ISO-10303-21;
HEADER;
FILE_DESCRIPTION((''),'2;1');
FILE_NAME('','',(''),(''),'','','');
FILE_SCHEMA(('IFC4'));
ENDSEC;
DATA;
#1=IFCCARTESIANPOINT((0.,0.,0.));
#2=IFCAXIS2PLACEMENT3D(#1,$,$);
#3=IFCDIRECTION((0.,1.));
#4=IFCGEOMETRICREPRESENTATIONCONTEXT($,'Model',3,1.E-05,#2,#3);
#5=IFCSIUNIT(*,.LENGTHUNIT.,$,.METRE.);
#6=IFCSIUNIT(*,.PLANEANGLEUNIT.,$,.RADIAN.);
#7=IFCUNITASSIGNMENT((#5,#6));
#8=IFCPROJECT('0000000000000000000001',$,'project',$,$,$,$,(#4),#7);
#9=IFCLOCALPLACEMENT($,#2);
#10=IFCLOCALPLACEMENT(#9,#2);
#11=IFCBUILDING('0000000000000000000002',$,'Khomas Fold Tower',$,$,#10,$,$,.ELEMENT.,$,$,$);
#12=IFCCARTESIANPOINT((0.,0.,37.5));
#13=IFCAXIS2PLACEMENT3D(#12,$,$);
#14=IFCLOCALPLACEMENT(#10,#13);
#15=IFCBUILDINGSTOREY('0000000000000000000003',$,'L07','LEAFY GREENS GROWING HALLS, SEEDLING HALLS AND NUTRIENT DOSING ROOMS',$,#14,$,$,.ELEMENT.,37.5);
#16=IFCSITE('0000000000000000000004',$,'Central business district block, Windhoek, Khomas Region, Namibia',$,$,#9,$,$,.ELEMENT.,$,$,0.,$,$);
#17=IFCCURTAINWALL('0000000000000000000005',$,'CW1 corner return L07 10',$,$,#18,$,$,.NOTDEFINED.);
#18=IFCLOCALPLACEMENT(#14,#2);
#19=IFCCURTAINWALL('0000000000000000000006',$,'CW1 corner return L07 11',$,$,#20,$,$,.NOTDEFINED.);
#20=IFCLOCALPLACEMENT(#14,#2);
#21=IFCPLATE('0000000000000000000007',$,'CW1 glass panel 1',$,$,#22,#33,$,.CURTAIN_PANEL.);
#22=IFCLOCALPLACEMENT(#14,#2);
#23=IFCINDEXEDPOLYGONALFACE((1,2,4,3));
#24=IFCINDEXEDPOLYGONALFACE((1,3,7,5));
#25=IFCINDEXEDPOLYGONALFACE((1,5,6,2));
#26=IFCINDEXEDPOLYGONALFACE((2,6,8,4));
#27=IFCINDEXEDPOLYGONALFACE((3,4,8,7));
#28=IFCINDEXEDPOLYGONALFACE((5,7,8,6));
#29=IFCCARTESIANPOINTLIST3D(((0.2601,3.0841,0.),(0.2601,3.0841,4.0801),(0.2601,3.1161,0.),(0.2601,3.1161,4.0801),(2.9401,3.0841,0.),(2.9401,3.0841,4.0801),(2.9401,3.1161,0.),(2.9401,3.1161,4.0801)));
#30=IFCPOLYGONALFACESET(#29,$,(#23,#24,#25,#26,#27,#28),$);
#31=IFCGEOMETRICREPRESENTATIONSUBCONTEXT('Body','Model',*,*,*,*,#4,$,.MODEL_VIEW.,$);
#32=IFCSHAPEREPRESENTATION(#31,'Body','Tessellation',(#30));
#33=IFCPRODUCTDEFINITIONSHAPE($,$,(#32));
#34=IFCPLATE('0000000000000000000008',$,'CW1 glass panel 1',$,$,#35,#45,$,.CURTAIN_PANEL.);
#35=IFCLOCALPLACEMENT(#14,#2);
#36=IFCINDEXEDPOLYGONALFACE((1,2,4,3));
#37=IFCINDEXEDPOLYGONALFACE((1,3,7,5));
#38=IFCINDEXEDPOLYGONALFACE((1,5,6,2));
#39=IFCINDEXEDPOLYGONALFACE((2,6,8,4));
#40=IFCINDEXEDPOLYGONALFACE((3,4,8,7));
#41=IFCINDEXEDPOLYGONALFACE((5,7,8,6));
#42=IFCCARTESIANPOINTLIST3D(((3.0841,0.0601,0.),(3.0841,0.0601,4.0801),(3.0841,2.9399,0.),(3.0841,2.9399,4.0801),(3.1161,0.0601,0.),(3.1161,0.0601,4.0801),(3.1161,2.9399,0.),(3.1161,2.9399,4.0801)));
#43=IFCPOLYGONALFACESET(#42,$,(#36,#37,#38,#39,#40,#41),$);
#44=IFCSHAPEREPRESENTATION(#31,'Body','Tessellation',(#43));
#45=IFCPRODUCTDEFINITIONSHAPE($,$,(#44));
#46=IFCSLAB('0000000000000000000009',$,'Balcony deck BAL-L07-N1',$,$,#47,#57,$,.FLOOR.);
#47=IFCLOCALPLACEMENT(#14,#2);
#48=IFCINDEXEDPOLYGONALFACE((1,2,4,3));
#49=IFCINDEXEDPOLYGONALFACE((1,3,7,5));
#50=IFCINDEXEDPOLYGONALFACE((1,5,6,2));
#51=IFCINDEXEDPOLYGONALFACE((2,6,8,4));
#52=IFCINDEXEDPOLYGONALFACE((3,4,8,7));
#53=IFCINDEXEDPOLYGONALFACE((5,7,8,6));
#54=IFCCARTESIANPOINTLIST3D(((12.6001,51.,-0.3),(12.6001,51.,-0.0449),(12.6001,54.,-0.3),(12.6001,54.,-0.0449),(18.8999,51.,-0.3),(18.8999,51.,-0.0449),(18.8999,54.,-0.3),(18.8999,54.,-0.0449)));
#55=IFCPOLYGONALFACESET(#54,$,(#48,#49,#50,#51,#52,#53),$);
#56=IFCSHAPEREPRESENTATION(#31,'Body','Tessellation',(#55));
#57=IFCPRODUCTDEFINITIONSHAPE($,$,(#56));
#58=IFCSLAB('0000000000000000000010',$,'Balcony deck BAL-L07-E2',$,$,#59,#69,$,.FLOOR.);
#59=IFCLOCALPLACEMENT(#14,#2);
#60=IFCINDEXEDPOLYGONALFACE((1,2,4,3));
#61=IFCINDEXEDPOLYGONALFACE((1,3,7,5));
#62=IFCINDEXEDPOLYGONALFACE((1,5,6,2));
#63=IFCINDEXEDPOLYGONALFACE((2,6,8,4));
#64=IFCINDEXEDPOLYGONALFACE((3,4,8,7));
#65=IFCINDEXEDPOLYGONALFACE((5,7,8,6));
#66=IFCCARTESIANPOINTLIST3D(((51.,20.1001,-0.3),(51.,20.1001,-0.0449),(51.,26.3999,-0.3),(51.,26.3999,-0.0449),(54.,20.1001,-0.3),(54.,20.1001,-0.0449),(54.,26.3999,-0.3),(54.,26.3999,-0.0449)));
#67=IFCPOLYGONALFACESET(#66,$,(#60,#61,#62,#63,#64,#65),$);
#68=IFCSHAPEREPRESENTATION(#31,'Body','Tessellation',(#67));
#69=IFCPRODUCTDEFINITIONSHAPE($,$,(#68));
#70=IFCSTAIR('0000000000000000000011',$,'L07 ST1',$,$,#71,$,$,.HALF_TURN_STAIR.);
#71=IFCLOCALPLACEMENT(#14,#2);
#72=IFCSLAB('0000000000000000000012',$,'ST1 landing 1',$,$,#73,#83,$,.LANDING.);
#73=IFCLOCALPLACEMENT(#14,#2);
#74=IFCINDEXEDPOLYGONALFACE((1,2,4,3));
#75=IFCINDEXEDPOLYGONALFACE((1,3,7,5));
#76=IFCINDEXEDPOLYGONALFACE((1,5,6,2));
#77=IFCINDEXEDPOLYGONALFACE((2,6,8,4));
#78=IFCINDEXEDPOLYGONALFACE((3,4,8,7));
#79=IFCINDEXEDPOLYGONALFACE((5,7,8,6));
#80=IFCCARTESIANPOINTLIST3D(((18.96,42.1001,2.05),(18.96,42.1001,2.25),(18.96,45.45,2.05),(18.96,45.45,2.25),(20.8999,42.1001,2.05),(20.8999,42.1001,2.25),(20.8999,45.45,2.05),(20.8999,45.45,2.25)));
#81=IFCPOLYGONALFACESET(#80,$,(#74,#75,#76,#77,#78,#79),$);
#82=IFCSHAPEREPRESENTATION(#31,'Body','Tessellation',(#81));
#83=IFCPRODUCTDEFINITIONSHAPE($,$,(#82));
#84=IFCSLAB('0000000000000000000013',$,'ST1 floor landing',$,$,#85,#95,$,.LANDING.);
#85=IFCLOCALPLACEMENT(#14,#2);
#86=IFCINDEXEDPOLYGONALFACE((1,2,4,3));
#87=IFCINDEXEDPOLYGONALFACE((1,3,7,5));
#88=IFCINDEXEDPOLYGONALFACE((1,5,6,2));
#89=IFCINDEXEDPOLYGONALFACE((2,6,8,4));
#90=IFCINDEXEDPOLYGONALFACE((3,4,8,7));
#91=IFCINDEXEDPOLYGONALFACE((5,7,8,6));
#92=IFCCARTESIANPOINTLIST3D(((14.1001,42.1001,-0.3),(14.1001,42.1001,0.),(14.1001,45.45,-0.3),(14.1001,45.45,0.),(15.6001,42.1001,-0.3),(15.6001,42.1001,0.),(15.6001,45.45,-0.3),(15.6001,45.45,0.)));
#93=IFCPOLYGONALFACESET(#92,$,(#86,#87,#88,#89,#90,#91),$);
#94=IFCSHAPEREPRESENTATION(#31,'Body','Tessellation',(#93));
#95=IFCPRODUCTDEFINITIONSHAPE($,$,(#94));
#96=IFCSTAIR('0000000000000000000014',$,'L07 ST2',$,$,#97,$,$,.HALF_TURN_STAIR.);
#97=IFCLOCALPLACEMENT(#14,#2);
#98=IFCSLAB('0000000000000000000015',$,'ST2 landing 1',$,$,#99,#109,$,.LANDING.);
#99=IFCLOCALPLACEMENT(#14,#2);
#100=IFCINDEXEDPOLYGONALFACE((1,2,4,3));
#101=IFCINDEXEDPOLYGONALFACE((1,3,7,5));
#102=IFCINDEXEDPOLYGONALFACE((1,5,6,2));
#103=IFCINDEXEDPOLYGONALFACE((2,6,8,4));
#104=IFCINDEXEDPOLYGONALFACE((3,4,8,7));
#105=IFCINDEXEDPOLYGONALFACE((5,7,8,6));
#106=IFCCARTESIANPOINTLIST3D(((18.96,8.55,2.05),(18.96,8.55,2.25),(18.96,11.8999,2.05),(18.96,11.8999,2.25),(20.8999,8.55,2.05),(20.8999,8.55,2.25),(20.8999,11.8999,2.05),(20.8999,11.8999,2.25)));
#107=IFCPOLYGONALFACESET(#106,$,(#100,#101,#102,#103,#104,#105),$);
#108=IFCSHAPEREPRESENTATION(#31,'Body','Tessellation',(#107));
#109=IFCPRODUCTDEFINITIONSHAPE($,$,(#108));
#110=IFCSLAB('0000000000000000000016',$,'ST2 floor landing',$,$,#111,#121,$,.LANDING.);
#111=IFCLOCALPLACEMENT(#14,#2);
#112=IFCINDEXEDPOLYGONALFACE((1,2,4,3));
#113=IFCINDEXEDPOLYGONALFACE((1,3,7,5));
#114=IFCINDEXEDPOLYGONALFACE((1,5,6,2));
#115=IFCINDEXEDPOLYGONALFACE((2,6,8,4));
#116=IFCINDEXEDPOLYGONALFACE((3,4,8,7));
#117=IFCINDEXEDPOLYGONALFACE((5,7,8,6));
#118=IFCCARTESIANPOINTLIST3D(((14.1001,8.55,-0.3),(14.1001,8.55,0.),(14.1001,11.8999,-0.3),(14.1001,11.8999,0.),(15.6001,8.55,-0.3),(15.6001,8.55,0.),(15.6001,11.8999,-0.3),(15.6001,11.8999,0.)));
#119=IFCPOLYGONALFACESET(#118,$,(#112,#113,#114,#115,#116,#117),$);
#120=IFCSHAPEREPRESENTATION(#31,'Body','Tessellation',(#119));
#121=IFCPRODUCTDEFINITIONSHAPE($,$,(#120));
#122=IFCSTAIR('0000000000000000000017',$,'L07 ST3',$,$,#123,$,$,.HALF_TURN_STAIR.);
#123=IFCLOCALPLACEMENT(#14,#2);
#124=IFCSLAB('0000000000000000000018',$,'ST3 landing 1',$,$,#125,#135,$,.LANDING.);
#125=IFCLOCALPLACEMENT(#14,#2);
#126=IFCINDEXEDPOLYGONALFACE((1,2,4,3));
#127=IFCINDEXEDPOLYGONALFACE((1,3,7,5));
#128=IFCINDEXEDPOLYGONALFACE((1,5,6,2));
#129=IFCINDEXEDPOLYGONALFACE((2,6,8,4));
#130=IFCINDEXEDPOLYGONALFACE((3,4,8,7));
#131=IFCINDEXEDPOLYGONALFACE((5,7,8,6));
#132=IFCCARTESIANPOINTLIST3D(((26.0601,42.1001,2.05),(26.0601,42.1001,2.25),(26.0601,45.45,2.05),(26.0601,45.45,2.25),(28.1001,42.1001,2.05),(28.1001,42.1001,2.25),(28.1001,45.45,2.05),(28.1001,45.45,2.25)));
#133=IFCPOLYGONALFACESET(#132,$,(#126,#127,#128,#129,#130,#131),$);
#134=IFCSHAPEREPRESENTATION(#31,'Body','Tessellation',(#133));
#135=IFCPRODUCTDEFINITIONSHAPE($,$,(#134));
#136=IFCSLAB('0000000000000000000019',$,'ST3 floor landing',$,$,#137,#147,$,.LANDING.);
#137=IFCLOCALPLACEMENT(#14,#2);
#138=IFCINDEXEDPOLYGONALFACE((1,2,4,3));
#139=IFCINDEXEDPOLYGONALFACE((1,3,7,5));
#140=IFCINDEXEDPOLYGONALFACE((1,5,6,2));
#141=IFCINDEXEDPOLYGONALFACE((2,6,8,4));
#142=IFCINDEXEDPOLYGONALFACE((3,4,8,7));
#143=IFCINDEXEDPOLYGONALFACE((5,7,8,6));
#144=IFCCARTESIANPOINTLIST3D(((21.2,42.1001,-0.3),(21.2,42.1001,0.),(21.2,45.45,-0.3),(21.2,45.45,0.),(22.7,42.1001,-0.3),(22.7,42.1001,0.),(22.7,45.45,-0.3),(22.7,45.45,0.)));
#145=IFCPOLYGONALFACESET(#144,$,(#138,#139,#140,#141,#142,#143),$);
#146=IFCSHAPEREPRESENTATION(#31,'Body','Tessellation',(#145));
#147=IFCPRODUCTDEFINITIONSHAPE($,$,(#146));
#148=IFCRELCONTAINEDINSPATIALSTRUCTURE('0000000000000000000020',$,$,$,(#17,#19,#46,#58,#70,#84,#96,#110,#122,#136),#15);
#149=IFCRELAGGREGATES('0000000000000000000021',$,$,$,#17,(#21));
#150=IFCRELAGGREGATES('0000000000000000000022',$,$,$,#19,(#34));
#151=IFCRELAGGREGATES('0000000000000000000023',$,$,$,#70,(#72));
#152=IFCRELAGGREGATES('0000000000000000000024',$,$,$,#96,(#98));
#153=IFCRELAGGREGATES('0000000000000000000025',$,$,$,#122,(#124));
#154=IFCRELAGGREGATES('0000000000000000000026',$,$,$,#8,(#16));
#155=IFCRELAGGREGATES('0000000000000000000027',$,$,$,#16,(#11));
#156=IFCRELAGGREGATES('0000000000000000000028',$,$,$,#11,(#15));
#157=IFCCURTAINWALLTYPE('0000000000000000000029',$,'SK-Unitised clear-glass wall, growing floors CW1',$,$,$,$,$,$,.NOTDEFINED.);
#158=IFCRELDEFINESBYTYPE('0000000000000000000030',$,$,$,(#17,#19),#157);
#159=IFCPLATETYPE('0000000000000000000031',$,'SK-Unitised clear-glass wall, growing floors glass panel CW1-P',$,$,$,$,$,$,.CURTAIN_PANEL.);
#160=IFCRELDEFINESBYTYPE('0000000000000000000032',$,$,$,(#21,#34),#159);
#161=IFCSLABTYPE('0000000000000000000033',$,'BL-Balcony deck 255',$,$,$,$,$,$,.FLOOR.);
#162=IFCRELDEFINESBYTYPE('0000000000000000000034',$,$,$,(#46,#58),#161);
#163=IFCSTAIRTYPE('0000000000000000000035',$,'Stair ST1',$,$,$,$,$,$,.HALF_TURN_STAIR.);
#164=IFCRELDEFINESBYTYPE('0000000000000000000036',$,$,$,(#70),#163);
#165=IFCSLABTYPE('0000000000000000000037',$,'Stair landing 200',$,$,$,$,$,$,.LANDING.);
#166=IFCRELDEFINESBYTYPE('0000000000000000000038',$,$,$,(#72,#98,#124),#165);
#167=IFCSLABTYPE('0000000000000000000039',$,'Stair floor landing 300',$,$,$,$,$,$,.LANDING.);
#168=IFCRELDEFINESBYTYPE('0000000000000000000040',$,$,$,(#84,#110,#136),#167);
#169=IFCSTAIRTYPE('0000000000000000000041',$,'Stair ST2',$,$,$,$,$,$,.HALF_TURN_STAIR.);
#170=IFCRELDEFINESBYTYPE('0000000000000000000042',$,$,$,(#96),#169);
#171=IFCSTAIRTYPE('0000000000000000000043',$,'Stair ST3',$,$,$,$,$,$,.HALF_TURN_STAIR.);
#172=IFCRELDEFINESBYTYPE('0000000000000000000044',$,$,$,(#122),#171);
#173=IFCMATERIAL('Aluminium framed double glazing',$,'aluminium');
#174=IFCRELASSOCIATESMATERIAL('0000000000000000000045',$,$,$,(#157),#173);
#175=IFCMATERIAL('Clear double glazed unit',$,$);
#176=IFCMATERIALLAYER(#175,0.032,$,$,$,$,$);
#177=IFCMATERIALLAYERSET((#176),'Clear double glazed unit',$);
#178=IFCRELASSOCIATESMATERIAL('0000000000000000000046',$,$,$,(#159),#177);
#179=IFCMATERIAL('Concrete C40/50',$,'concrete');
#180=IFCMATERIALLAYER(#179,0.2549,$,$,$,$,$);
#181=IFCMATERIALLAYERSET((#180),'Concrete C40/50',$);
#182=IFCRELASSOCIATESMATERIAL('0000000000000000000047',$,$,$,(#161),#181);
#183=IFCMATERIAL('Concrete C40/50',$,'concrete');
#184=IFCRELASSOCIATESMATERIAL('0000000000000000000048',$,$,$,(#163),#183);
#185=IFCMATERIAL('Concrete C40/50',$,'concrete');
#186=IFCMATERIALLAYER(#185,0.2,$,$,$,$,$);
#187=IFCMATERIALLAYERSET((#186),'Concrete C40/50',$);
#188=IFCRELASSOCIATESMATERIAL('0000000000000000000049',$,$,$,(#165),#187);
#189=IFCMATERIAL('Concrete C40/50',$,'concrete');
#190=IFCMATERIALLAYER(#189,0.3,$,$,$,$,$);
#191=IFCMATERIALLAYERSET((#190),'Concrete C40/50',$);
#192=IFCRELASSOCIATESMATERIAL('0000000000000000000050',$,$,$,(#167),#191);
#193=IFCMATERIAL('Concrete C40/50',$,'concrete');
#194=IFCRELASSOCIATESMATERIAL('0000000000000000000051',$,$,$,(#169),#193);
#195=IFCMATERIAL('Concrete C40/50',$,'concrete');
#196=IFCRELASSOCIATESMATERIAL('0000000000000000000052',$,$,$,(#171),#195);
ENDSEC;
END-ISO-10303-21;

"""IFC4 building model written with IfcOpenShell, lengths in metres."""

from ifc_helpers import new_model, si_unit, direction, frame, origin, origin_2d, place, context, subcontext, project, spatial, polyline, rectangle, outline, extrude, source, transform, mapped, material, layer, layer_set, type_object, element, aggregate, save


model = new_model("IFC4")

# Units and contexts
model_context = context("Model", 3, precision=1e-05, world=origin(), true_north=direction((0.0, 1.0)))
body_context = subcontext(model_context, "Body", "Model", "MODEL_VIEW")
ifc_project = project(units=[si_unit("LENGTHUNIT", "METRE"), si_unit("PLANEANGLEUNIT", "RADIAN")], contexts=[model_context])

# Site, building, storey
site_placement = place(None, origin())
site = spatial("IfcSite", under=ifc_project, at=site_placement, Name="Central business district block, Windhoek, Khomas Region, Namibia", CompositionType="ELEMENT", RefElevation=0.0)
building_placement = place(site_placement, origin())
building = spatial("IfcBuilding", under=site, at=building_placement, Name="Khomas Fold Tower", CompositionType="ELEMENT")
storey_placement = place(building_placement, frame((0.0, 0.0, 37.5)))
storey = spatial("IfcBuildingStorey", under=building, at=storey_placement, Name="L07", Description="LEAFY GREENS GROWING HALLS, SEEDLING HALLS AND NUTRIENT DOSING ROOMS", CompositionType="ELEMENT", Elevation=37.5)

# Curtain walls
ifc_material_1 = material(Name="Aluminium framed double glazing", Category="aluminium")
curtain_wall_type = type_object("IfcCurtainWallType", Name="SK-Unitised clear-glass wall, growing floors CW1", PredefinedType="NOTDEFINED", material=ifc_material_1)
curtain_wall_1_placement = place(storey_placement, origin())
curtain_wall_1 = element("IfcCurtainWall", 1, at=curtain_wall_1_placement, inside=storey, type_object=curtain_wall_type, Name="CW1 corner return L07 10", PredefinedType="NOTDEFINED")
curtain_wall_2_placement = place(storey_placement, origin())
curtain_wall_2 = element("IfcCurtainWall", 2, at=curtain_wall_2_placement, inside=storey, type_object=curtain_wall_type, Name="CW1 corner return L07 11", PredefinedType="NOTDEFINED")

# Plates
ifc_material_2 = material(Name="Clear double glazed unit")
ifc_layer_1 = layer(ifc_material_2, 0.032)
ifc_layer_set_1 = layer_set([ifc_layer_1], Name="Clear double glazed unit")
plate_type = type_object("IfcPlateType", Name="SK-Unitised clear-glass wall, growing floors glass panel CW1-P", PredefinedType="CURTAIN_PANEL", material=ifc_layer_set_1)
shared_shape_1 = source(origin(), body_context, "Body", "SweptSolid", [
    extrude(rectangle(XDim=2.6799, YDim=0.032, at=origin_2d()), origin(), (0.0, 0.0, 1.0), 4.0801),
])
plate_1_placement = place(storey_placement, frame((1.6001, 3.1001, 0.0), z_axis=(0.0, 0.0, 1.0), x_axis=(1.0, 0.0, 0.0)))
plate_1 = element("IfcPlate", 3, at=plate_1_placement, type_object=plate_type, Name="CW1 glass panel 1", PredefinedType="CURTAIN_PANEL", context=body_context, shape_type="MappedRepresentation", body=[
    mapped(shared_shape_1, transform((0.0, 0.0, 0.0))),
])
aggregate(curtain_wall_1, [plate_1])
shared_shape_2 = source(origin(), body_context, "Body", "SweptSolid", [
    extrude(rectangle(XDim=2.8799, YDim=0.032, at=origin_2d()), origin(), (0.0, 0.0, 1.0), 4.0801),
])
plate_2_placement = place(storey_placement, frame((3.1001, 1.5, 0.0), z_axis=(0.0, 0.0, 1.0), x_axis=(0.0, -1.0, 0.0)))
plate_2 = element("IfcPlate", 4, at=plate_2_placement, type_object=plate_type, Name="CW1 glass panel 1", PredefinedType="CURTAIN_PANEL", context=body_context, shape_type="MappedRepresentation", body=[
    mapped(shared_shape_2, transform((0.0, 0.0, 0.0))),
])
aggregate(curtain_wall_2, [plate_2])

# Slabs
ifc_material_3 = material(Name="Concrete C40/50", Category="concrete")
ifc_layer_2 = layer(ifc_material_3, 0.2549)
ifc_layer_set_2 = layer_set([ifc_layer_2], Name="Concrete C40/50")
slab_type_1 = type_object("IfcSlabType", Name="BL-Balcony deck 255", PredefinedType="FLOOR", material=ifc_layer_set_2)
shared_shape_3 = source(origin(), body_context, "Body", "SweptSolid", [
    extrude(outline(polyline([(12.6001, 51.0), (18.8999, 51.0), (18.8999, 54.0), (12.6001, 54.0), (12.6001, 51.0)])), origin(), (0.0, 0.0, 1.0), 0.2551),
])
slab_1_placement = place(storey_placement, frame((0.0, 0.0, -0.3)))
element("IfcSlab", 5, at=slab_1_placement, inside=storey, type_object=slab_type_1, Name="Balcony deck BAL-L07-N1", PredefinedType="FLOOR", context=body_context, shape_type="MappedRepresentation", body=[
    mapped(shared_shape_3, transform((0.0, 0.0, 0.0))),
])
shared_shape_4 = source(origin(), body_context, "Body", "SweptSolid", [
    extrude(outline(polyline([(51.0, 20.1001), (54.0, 20.1001), (54.0, 26.3999), (51.0, 26.3999), (51.0, 20.1001)])), origin(), (0.0, 0.0, 1.0), 0.2551),
])
slab_2_placement = place(storey_placement, frame((0.0, 0.0, -0.3)))
element("IfcSlab", 6, at=slab_2_placement, inside=storey, type_object=slab_type_1, Name="Balcony deck BAL-L07-E2", PredefinedType="FLOOR", context=body_context, shape_type="MappedRepresentation", body=[
    mapped(shared_shape_4, transform((0.0, 0.0, 0.0))),
])

# Stair, slab
ifc_material_4 = material(Name="Concrete C40/50", Category="concrete")
stair_type_1 = type_object("IfcStairType", Name="Stair ST1", PredefinedType="HALF_TURN_STAIR", material=ifc_material_4)
stair_1_placement = place(storey_placement, origin())
stair_1 = element("IfcStair", 7, at=stair_1_placement, inside=storey, type_object=stair_type_1, Name="L07 ST1", PredefinedType="HALF_TURN_STAIR")
ifc_material_5 = material(Name="Concrete C40/50", Category="concrete")
ifc_layer_3 = layer(ifc_material_5, 0.2)
ifc_layer_set_3 = layer_set([ifc_layer_3], Name="Concrete C40/50")
slab_type_2 = type_object("IfcSlabType", Name="Stair landing 200", PredefinedType="LANDING", material=ifc_layer_set_3)
shared_shape_5 = source(origin(), body_context, "Body", "SweptSolid", [
    extrude(outline(polyline([(18.96, 42.1001), (20.8999, 42.1001), (20.8999, 45.45), (18.96, 45.45), (18.96, 42.1001)])), origin(), (0.0, 0.0, 1.0), 0.2),
])
slab_3_placement = place(storey_placement, frame((0.0, 0.0, 2.05)))
slab_3 = element("IfcSlab", 8, at=slab_3_placement, type_object=slab_type_2, Name="ST1 landing 1", PredefinedType="LANDING", context=body_context, shape_type="MappedRepresentation", body=[
    mapped(shared_shape_5, transform((0.0, 0.0, 0.0))),
])
aggregate(stair_1, [slab_3])

# Slab
ifc_material_6 = material(Name="Concrete C40/50", Category="concrete")
ifc_layer_4 = layer(ifc_material_6, 0.3)
ifc_layer_set_4 = layer_set([ifc_layer_4], Name="Concrete C40/50")
slab_type_3 = type_object("IfcSlabType", Name="Stair floor landing 300", PredefinedType="LANDING", material=ifc_layer_set_4)
shared_shape_6 = source(origin(), body_context, "Body", "SweptSolid", [
    extrude(outline(polyline([(15.6001, 42.1001), (14.1001, 42.1001), (14.1001, 45.45), (15.6001, 45.45), (15.6001, 42.1001)])), origin(), (0.0, 0.0, 1.0), 0.3),
])
slab_4_placement = place(storey_placement, frame((0.0, 0.0, -0.3)))
element("IfcSlab", 9, at=slab_4_placement, inside=storey, type_object=slab_type_3, Name="ST1 floor landing", PredefinedType="LANDING", context=body_context, shape_type="MappedRepresentation", body=[
    mapped(shared_shape_6, transform((0.0, 0.0, 0.0))),
])

# Stair, slab
ifc_material_7 = material(Name="Concrete C40/50", Category="concrete")
stair_type_2 = type_object("IfcStairType", Name="Stair ST2", PredefinedType="HALF_TURN_STAIR", material=ifc_material_7)
stair_2_placement = place(storey_placement, origin())
stair_2 = element("IfcStair", 10, at=stair_2_placement, inside=storey, type_object=stair_type_2, Name="L07 ST2", PredefinedType="HALF_TURN_STAIR")
shared_shape_7 = source(origin(), body_context, "Body", "SweptSolid", [
    extrude(outline(polyline([(18.96, 8.55), (20.8999, 8.55), (20.8999, 11.8999), (18.96, 11.8999), (18.96, 8.55)])), origin(), (0.0, 0.0, 1.0), 0.2),
])
slab_5_placement = place(storey_placement, frame((0.0, 0.0, 2.05)))
slab_5 = element("IfcSlab", 11, at=slab_5_placement, type_object=slab_type_2, Name="ST2 landing 1", PredefinedType="LANDING", context=body_context, shape_type="MappedRepresentation", body=[
    mapped(shared_shape_7, transform((0.0, 0.0, 0.0))),
])
aggregate(stair_2, [slab_5])

# Slab
shared_shape_8 = source(origin(), body_context, "Body", "SweptSolid", [
    extrude(outline(polyline([(15.6001, 8.55), (14.1001, 8.55), (14.1001, 11.8999), (15.6001, 11.8999), (15.6001, 8.55)])), origin(), (0.0, 0.0, 1.0), 0.3),
])
slab_6_placement = place(storey_placement, frame((0.0, 0.0, -0.3)))
element("IfcSlab", 12, at=slab_6_placement, inside=storey, type_object=slab_type_3, Name="ST2 floor landing", PredefinedType="LANDING", context=body_context, shape_type="MappedRepresentation", body=[
    mapped(shared_shape_8, transform((0.0, 0.0, 0.0))),
])

# Stair, slab
ifc_material_8 = material(Name="Concrete C40/50", Category="concrete")
stair_type_3 = type_object("IfcStairType", Name="Stair ST3", PredefinedType="HALF_TURN_STAIR", material=ifc_material_8)
stair_3_placement = place(storey_placement, origin())
stair_3 = element("IfcStair", 13, at=stair_3_placement, inside=storey, type_object=stair_type_3, Name="L07 ST3", PredefinedType="HALF_TURN_STAIR")
shared_shape_9 = source(origin(), body_context, "Body", "SweptSolid", [
    extrude(outline(polyline([(26.0601, 42.1001), (28.1001, 42.1001), (28.1001, 45.45), (26.0601, 45.45), (26.0601, 42.1001)])), origin(), (0.0, 0.0, 1.0), 0.2),
])
slab_7_placement = place(storey_placement, frame((0.0, 0.0, 2.05)))
slab_7 = element("IfcSlab", 14, at=slab_7_placement, type_object=slab_type_2, Name="ST3 landing 1", PredefinedType="LANDING", context=body_context, shape_type="MappedRepresentation", body=[
    mapped(shared_shape_9, transform((0.0, 0.0, 0.0))),
])
aggregate(stair_3, [slab_7])

# Slab
shared_shape_10 = source(origin(), body_context, "Body", "SweptSolid", [
    extrude(outline(polyline([(22.7, 42.1001), (21.2, 42.1001), (21.2, 45.45), (22.7, 45.45), (22.7, 42.1001)])), origin(), (0.0, 0.0, 1.0), 0.3),
])
slab_8_placement = place(storey_placement, frame((0.0, 0.0, -0.3)))
element("IfcSlab", 15, at=slab_8_placement, inside=storey, type_object=slab_type_3, Name="ST3 floor landing", PredefinedType="LANDING", context=body_context, shape_type="MappedRepresentation", body=[
    mapped(shared_shape_10, transform((0.0, 0.0, 0.0))),
])

save(model, "model.ifc")
